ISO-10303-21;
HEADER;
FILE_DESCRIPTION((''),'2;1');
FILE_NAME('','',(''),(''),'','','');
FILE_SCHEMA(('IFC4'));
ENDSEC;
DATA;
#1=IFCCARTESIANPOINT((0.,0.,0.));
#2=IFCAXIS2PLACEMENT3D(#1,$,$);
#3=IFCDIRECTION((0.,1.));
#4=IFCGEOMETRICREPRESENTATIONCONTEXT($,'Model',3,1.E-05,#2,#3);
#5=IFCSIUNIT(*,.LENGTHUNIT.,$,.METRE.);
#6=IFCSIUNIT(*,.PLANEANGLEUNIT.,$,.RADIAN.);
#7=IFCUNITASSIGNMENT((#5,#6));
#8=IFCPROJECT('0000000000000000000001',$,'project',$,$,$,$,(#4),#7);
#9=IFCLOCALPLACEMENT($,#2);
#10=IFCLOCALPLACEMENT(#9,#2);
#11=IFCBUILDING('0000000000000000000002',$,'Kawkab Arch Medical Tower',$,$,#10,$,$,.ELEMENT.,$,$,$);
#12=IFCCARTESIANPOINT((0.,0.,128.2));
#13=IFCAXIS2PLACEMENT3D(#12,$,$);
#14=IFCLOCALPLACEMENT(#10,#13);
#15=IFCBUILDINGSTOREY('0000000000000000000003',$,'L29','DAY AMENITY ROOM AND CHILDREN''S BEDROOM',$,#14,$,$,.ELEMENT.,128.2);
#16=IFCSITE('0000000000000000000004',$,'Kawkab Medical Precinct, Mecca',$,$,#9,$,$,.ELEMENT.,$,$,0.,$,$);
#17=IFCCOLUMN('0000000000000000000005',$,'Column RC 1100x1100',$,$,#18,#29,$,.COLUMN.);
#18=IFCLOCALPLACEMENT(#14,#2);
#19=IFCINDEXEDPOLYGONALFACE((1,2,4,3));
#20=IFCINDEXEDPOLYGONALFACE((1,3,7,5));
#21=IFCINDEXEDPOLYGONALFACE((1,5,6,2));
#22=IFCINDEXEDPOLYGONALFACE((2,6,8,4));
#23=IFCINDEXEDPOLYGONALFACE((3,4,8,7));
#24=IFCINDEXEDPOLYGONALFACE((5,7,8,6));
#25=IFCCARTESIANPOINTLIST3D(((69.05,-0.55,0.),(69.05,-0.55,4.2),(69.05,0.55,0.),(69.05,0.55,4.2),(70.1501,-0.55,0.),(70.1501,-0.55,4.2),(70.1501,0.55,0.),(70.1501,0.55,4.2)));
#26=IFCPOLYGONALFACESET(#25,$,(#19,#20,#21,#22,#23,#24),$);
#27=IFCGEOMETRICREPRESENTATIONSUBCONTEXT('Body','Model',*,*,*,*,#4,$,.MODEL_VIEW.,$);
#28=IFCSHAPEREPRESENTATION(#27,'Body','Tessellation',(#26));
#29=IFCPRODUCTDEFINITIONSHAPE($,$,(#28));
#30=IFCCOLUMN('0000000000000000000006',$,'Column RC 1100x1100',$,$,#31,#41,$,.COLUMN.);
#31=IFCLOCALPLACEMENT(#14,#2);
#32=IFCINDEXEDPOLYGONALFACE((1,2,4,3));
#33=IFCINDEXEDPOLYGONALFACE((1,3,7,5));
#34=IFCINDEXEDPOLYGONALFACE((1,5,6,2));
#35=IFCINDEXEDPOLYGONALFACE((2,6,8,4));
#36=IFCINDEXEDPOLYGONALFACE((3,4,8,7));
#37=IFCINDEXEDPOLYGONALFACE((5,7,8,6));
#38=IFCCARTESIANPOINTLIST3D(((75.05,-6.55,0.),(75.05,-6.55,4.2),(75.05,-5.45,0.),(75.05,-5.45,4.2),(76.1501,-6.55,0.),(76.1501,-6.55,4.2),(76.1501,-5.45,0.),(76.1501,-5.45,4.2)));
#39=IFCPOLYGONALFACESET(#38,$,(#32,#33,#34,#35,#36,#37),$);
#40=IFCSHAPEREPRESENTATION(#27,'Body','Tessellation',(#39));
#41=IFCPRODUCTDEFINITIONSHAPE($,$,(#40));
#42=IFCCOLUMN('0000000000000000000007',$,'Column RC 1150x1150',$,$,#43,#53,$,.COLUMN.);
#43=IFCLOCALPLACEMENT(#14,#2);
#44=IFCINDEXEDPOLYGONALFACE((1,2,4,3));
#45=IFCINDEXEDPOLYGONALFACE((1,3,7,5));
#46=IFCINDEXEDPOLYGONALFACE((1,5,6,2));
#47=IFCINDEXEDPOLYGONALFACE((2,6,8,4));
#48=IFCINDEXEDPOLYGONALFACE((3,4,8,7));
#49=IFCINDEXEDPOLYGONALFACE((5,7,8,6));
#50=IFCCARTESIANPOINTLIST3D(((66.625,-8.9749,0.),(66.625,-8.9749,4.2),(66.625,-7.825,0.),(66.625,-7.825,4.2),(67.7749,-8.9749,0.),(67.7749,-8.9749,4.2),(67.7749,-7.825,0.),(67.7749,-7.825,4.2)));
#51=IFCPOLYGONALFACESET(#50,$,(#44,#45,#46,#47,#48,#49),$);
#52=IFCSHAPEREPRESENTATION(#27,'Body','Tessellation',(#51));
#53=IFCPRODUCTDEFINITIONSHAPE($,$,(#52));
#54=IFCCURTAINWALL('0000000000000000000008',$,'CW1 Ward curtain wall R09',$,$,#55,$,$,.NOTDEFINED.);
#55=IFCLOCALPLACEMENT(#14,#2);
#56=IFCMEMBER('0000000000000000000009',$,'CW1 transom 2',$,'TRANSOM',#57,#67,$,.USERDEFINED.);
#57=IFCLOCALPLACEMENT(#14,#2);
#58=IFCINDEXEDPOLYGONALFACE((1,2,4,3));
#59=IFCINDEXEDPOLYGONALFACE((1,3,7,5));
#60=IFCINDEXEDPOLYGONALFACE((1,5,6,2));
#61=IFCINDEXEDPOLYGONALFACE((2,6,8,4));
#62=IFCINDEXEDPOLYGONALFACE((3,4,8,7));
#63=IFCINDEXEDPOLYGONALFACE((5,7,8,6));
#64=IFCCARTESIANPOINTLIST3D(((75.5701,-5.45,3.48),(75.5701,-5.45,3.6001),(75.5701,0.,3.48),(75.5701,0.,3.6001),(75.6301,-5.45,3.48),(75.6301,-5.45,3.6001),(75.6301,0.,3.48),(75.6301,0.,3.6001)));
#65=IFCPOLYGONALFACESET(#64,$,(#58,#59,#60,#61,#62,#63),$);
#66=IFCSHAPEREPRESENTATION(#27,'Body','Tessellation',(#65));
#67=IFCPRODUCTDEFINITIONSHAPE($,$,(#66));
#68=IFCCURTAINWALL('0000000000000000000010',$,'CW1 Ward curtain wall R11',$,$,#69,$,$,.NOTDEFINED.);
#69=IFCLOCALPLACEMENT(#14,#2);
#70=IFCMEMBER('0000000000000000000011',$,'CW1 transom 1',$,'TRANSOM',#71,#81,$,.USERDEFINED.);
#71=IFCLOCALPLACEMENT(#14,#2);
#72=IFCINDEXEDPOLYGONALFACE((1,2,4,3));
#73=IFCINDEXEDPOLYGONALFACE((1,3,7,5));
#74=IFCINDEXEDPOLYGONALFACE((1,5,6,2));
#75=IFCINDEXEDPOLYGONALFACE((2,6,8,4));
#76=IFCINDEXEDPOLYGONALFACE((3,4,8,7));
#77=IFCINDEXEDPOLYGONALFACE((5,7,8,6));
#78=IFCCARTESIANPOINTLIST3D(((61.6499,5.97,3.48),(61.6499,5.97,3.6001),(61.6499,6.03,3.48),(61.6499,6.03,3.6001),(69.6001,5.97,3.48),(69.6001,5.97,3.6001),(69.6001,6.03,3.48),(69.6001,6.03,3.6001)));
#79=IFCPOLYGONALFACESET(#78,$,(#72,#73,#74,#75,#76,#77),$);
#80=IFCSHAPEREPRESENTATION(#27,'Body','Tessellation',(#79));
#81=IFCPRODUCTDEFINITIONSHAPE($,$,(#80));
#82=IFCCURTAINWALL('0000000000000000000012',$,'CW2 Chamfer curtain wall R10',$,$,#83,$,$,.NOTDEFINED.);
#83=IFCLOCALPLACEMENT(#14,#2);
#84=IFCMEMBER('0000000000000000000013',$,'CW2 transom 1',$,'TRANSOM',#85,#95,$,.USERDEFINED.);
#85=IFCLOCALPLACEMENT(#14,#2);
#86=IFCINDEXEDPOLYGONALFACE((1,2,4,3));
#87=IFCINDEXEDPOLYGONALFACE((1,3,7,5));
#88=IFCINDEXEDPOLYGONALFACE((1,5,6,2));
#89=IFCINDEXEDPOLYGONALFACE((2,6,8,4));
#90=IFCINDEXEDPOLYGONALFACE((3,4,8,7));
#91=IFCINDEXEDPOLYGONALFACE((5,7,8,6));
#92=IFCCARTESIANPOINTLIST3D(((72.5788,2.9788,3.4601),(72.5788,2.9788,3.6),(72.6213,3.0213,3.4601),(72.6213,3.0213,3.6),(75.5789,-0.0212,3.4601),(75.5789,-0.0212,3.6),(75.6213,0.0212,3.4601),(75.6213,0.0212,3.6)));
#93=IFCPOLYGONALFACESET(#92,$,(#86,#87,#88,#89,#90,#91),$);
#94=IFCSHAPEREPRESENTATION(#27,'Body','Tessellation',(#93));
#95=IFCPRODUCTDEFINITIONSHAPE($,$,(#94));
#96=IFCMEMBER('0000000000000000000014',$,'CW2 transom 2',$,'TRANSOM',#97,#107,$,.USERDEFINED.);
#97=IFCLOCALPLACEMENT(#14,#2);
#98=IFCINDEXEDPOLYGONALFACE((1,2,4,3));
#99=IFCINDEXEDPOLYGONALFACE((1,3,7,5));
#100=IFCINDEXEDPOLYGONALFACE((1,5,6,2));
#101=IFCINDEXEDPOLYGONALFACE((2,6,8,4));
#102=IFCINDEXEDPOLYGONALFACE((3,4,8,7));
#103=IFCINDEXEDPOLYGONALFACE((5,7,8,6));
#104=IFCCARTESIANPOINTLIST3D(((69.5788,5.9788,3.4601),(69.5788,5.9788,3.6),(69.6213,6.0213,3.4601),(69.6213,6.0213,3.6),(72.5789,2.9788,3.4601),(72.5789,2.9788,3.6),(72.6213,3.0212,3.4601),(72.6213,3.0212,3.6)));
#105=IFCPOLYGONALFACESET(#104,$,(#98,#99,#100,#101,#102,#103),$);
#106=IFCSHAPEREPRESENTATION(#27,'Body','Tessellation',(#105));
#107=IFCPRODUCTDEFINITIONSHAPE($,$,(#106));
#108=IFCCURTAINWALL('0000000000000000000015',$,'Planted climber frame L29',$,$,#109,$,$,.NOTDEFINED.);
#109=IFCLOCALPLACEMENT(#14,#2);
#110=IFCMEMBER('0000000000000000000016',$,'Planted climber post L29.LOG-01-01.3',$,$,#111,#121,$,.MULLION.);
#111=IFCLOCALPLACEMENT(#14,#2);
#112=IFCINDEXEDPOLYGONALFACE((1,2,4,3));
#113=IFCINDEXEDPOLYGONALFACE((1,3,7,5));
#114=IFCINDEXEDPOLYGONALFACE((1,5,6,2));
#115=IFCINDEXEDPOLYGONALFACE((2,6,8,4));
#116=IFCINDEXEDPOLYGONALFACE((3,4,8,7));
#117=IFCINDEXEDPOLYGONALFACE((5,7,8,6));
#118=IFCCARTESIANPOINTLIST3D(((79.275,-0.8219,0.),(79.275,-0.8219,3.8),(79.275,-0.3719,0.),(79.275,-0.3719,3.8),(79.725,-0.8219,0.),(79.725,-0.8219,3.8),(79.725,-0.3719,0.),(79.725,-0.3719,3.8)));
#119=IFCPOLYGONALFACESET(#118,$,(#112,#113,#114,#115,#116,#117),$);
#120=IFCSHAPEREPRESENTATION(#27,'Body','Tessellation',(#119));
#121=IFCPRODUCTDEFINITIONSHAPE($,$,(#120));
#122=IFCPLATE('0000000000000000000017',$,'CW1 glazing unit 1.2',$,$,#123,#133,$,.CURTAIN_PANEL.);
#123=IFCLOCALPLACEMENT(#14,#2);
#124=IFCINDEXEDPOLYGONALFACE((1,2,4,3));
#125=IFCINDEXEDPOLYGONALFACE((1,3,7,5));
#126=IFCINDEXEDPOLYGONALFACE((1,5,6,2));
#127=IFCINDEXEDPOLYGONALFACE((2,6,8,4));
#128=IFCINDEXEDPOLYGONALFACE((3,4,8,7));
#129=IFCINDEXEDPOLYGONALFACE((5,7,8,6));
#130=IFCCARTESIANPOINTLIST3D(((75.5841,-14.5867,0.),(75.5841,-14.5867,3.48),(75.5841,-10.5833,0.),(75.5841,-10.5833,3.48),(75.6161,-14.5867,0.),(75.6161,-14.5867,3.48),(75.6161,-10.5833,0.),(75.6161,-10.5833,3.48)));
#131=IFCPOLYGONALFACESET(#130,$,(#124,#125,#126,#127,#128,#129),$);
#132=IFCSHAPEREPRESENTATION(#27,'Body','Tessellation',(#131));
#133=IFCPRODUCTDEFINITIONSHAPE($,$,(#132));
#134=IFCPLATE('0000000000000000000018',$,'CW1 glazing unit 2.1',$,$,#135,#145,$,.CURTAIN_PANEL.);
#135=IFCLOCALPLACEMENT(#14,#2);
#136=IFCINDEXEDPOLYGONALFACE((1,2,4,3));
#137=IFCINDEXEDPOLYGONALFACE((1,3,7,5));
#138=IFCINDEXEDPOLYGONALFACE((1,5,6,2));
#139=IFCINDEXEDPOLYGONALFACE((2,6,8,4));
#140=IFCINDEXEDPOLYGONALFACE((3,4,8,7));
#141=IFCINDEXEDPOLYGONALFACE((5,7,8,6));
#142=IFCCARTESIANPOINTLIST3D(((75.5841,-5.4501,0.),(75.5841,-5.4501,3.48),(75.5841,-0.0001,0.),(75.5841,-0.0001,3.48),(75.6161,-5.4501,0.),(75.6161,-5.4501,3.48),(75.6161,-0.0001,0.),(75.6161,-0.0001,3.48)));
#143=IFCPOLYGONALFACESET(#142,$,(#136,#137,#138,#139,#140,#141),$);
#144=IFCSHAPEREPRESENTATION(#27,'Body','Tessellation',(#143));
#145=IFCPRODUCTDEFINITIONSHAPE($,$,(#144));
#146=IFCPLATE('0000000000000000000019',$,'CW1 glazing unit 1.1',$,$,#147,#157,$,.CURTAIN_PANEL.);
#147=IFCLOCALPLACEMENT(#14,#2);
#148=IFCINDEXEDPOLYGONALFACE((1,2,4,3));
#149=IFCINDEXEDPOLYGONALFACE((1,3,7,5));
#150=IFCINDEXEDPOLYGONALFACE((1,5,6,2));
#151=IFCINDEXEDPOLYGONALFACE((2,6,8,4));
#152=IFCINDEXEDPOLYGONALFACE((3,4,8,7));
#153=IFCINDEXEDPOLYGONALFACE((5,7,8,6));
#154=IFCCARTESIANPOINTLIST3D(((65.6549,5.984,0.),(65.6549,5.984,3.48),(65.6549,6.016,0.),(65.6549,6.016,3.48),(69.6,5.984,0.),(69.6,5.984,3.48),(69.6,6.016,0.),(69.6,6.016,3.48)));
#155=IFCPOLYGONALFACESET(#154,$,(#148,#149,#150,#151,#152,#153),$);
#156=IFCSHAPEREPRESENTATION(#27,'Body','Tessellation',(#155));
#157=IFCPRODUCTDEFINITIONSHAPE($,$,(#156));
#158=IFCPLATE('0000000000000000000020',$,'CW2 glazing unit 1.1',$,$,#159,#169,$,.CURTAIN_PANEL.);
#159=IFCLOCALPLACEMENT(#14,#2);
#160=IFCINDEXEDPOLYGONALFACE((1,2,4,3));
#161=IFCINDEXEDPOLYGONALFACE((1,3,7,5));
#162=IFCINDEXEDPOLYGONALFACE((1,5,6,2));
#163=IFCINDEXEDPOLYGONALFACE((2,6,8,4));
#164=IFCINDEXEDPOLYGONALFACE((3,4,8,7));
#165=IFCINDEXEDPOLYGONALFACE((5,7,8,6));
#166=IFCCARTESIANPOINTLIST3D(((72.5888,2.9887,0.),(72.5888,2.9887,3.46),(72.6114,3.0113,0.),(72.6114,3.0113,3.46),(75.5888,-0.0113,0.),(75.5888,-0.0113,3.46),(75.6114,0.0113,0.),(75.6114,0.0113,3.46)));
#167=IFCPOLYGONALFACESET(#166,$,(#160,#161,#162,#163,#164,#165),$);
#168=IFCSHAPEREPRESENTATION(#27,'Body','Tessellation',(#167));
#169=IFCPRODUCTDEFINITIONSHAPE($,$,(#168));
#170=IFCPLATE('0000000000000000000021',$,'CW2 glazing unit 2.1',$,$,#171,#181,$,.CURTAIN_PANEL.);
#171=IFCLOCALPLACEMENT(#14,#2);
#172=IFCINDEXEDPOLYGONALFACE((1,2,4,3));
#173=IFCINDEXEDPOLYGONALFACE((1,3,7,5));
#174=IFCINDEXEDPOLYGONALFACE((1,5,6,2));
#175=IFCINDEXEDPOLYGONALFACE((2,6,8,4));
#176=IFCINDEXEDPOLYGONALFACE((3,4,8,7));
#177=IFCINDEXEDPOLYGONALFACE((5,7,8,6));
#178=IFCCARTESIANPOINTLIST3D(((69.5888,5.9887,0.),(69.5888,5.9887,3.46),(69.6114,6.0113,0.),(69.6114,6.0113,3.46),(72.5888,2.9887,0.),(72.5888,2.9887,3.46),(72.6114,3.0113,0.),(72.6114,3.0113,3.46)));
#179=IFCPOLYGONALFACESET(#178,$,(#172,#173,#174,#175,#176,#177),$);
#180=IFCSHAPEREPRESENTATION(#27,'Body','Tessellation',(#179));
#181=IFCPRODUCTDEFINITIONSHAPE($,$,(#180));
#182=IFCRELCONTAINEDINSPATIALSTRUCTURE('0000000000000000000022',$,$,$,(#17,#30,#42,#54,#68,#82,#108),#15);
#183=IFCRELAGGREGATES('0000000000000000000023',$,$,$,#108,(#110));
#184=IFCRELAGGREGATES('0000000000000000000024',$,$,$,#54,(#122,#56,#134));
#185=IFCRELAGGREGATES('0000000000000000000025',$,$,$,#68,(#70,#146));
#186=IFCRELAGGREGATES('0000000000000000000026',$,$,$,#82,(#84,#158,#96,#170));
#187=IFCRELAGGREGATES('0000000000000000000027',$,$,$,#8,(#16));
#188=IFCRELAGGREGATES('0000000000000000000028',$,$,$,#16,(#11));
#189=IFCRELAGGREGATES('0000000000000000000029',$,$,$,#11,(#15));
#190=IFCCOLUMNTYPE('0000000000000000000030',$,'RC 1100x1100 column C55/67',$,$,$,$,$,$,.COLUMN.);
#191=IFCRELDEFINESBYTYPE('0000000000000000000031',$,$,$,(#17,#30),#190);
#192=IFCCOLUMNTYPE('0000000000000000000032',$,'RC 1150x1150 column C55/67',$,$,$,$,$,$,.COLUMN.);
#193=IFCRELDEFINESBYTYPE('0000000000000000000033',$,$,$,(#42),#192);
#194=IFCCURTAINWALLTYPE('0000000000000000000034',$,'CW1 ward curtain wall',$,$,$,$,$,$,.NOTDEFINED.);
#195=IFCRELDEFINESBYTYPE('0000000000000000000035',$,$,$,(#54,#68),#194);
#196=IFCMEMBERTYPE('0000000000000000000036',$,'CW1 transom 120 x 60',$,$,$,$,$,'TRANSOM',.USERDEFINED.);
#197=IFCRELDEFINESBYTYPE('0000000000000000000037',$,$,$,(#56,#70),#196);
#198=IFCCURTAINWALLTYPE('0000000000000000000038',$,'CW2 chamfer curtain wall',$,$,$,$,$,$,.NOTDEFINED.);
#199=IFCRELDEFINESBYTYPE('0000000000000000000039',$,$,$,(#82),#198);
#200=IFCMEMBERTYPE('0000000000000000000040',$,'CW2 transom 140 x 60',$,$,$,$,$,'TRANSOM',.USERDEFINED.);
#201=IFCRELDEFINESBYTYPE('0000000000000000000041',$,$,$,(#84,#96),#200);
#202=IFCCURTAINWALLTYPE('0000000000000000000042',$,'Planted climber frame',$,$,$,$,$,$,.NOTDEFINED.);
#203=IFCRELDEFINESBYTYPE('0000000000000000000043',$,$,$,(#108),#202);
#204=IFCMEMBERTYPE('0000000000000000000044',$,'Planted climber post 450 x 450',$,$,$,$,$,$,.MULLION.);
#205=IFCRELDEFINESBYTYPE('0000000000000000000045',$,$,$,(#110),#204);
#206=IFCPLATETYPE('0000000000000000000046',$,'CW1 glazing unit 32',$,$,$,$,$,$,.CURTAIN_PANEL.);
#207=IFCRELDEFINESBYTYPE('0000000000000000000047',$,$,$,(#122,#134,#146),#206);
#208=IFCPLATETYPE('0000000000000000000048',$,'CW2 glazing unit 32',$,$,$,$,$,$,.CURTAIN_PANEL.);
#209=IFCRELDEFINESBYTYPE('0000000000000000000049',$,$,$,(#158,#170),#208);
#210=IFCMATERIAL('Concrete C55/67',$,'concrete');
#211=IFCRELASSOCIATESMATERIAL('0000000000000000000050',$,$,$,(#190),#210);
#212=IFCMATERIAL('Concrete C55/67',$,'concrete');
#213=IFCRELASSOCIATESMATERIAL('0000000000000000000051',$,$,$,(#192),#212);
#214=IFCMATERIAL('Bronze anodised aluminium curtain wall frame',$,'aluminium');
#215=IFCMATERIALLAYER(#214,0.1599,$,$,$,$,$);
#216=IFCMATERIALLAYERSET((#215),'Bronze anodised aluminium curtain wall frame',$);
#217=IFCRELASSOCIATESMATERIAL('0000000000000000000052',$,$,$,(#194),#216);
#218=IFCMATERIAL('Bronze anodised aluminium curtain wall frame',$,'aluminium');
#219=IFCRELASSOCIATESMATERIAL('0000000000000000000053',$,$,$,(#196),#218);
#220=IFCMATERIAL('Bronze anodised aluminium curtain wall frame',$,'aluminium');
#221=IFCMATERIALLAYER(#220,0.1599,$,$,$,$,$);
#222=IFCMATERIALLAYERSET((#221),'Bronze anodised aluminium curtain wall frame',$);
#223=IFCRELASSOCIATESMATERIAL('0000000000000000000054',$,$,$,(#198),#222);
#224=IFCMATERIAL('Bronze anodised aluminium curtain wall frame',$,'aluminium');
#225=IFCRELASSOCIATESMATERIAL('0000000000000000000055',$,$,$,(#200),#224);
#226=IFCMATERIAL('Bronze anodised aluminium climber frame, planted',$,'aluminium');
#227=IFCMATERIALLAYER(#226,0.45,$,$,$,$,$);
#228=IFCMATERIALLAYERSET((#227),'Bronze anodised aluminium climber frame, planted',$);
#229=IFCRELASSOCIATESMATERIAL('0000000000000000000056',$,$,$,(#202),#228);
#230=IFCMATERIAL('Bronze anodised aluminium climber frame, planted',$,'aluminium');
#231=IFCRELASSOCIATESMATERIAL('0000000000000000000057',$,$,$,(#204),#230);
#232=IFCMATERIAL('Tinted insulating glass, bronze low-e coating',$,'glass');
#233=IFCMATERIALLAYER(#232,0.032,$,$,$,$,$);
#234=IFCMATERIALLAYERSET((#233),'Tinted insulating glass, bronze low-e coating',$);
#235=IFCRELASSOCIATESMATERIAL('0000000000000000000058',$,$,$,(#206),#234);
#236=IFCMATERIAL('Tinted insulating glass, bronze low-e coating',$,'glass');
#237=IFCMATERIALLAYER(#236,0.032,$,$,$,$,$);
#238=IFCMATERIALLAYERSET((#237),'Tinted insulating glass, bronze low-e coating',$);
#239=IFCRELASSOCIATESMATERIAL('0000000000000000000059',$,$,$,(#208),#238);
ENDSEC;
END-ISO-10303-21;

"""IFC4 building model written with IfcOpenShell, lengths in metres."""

from ifc_helpers import new_model, si_unit, direction, frame, origin, origin_2d, place, context, subcontext, project, spatial, rectangle, extrude, material, layer, layer_set, material_profile, profile_set, type_object, element, aggregate, save


model = new_model("IFC4")

# Units and contexts
model_context = context("Model", 3, precision=1e-05, world=origin(), true_north=direction((0.0, 1.0)))
body_context = subcontext(model_context, "Body", "Model", "MODEL_VIEW")
ifc_project = project(units=[si_unit("LENGTHUNIT", "METRE"), si_unit("PLANEANGLEUNIT", "RADIAN")], contexts=[model_context])

# Site, building, storey
site_placement = place(None, origin())
site = spatial("IfcSite", under=ifc_project, at=site_placement, Name="Kawkab Medical Precinct, Mecca", CompositionType="ELEMENT", RefElevation=0.0)
building_placement = place(site_placement, origin())
building = spatial("IfcBuilding", under=site, at=building_placement, Name="Kawkab Arch Medical Tower", CompositionType="ELEMENT")
storey_placement = place(building_placement, frame((0.0, 0.0, 128.2)))
storey = spatial("IfcBuildingStorey", under=building, at=storey_placement, Name="L29", Description="DAY AMENITY ROOM AND CHILDREN'S BEDROOM", CompositionType="ELEMENT", Elevation=128.2)

# Columns
ifc_material_1 = material(Name="Concrete C55/67", Category="concrete")
ifc_material_profile_1 = material_profile(ifc_material_1, rectangle(XDim=1.1001, YDim=1.1001, at=origin_2d()), Name="RC 1100x1100")
ifc_profile_set_1 = profile_set([ifc_material_profile_1], Name="Concrete C55/67")
column_type_1 = type_object("IfcColumnType", Name="RC 1100x1100 column C55/67", PredefinedType="COLUMN", material=ifc_profile_set_1)
for number, where, z_axis, x_axis, name in (
    (1, (69.6001, 0.0, 0.0), (0.0, 0.0, 1.0), (1.0, 0.0, 0.0), "Column RC 1100x1100"),
    (2, (75.6001, -6.0, 0.0), (0.0, 0.0, 1.0), (1.0, 0.0, 0.0), "Column RC 1100x1100"),
):
    element("IfcColumn", number, at=place(storey_placement, frame(where, z_axis=z_axis, x_axis=x_axis)), inside=storey, type_object=column_type_1, Name=name, PredefinedType="COLUMN", context=body_context, shape_type="SweptSolid", body=[
        extrude(rectangle(XDim=1.1001, YDim=1.1001, at=origin_2d()), origin(), (0.0, 0.0, 1.0), 4.2),
    ])
ifc_material_2 = material(Name="Concrete C55/67", Category="concrete")
ifc_material_profile_2 = material_profile(ifc_material_2, rectangle(XDim=1.1499, YDim=1.1499, at=origin_2d()), Name="RC 1150x1150")
ifc_profile_set_2 = profile_set([ifc_material_profile_2], Name="Concrete C55/67")
column_type_2 = type_object("IfcColumnType", Name="RC 1150x1150 column C55/67", PredefinedType="COLUMN", material=ifc_profile_set_2)
column_placement = place(storey_placement, frame((67.2, -8.3999, 0.0), z_axis=(0.0, 0.0, 1.0), x_axis=(1.0, 0.0, 0.0)))
element("IfcColumn", 3, at=column_placement, inside=storey, type_object=column_type_2, Name="Column RC 1150x1150", PredefinedType="COLUMN", context=body_context, shape_type="SweptSolid", body=[
    extrude(rectangle(XDim=1.1499, YDim=1.1499, at=origin_2d()), origin(), (0.0, 0.0, 1.0), 4.2),
])

# Curtain walls, members
ifc_material_3 = material(Name="Bronze anodised aluminium curtain wall frame", Category="aluminium")
ifc_layer_1 = layer(ifc_material_3, 0.1599)
ifc_layer_set_1 = layer_set([ifc_layer_1], Name="Bronze anodised aluminium curtain wall frame")
curtain_wall_type_1 = type_object("IfcCurtainWallType", Name="CW1 ward curtain wall", PredefinedType="NOTDEFINED", material=ifc_layer_set_1)
placement = place(storey_placement, origin())
curtain_wall_1 = element("IfcCurtainWall", 4, at=placement, inside=storey, type_object=curtain_wall_type_1, Name="CW1 Ward curtain wall R09", PredefinedType="NOTDEFINED")
ifc_material_4 = material(Name="Bronze anodised aluminium curtain wall frame", Category="aluminium")
ifc_material_profile_3 = material_profile(ifc_material_4, rectangle(XDim=0.0601, YDim=0.1201, at=origin_2d()), Name="AL 60x120")
ifc_profile_set_3 = profile_set([ifc_material_profile_3], Name="Bronze anodised aluminium curtain wall frame")
member_type_1 = type_object("IfcMemberType", Name="CW1 transom 120 x 60", ElementType="TRANSOM", PredefinedType="USERDEFINED", material=ifc_profile_set_3)
member_1_placement = place(storey_placement, frame((75.6001, -5.45, 3.54), z_axis=(0.0, 1.0, 0.0), x_axis=(-1.0, 0.0, 0.0)))
member_1 = element("IfcMember", 5, at=member_1_placement, type_object=member_type_1, Name="CW1 transom 2", ObjectType="TRANSOM", PredefinedType="USERDEFINED", context=body_context, shape_type="SweptSolid", body=[
    extrude(rectangle(XDim=0.0601, YDim=0.1201, at=origin_2d()), origin(), (0.0, 0.0, 1.0), 5.45),
])
curtain_wall_2 = element("IfcCurtainWall", 6, at=placement, inside=storey, type_object=curtain_wall_type_1, Name="CW1 Ward curtain wall R11", PredefinedType="NOTDEFINED")
member_2_placement = place(storey_placement, frame((69.6001, 6.0, 3.54), z_axis=(-1.0, 0.0, 0.0), x_axis=(0.0, -1.0, 0.0)))
member_2 = element("IfcMember", 7, at=member_2_placement, type_object=member_type_1, Name="CW1 transom 1", ObjectType="TRANSOM", PredefinedType="USERDEFINED", context=body_context, shape_type="SweptSolid", body=[
    extrude(rectangle(XDim=0.0601, YDim=0.1201, at=origin_2d()), origin(), (0.0, 0.0, 1.0), 7.9502),
])

# Curtain wall, members
ifc_material_5 = material(Name="Bronze anodised aluminium curtain wall frame", Category="aluminium")
ifc_layer_2 = layer(ifc_material_5, 0.1599)
ifc_layer_set_2 = layer_set([ifc_layer_2], Name="Bronze anodised aluminium curtain wall frame")
curtain_wall_type_2 = type_object("IfcCurtainWallType", Name="CW2 chamfer curtain wall", PredefinedType="NOTDEFINED", material=ifc_layer_set_2)
curtain_wall_3 = element("IfcCurtainWall", 8, at=placement, inside=storey, type_object=curtain_wall_type_2, Name="CW2 Chamfer curtain wall R10", PredefinedType="NOTDEFINED")
ifc_material_6 = material(Name="Bronze anodised aluminium curtain wall frame", Category="aluminium")
ifc_material_profile_4 = material_profile(ifc_material_6, rectangle(XDim=0.0601, YDim=0.1399, at=origin_2d()), Name="AL 60x140")
ifc_profile_set_4 = profile_set([ifc_material_profile_4], Name="Bronze anodised aluminium curtain wall frame")
member_type_2 = type_object("IfcMemberType", Name="CW2 transom 140 x 60", ElementType="TRANSOM", PredefinedType="USERDEFINED", material=ifc_profile_set_4)
member_3_placement = place(storey_placement, frame((75.6001, 0.0, 3.53), z_axis=(-0.707107, 0.707107, 0.0), x_axis=(-0.707107, -0.707107, 0.0)))
member_3 = element("IfcMember", 9, at=member_3_placement, type_object=member_type_2, Name="CW2 transom 1", ObjectType="TRANSOM", PredefinedType="USERDEFINED", context=body_context, shape_type="SweptSolid", body=[
    extrude(rectangle(XDim=0.0601, YDim=0.1399, at=origin_2d()), origin(), (0.0, 0.0, 1.0), 4.2427),
])
member_4_placement = place(storey_placement, frame((72.6001, 3.0, 3.53), z_axis=(-0.707107, 0.707107, 0.0), x_axis=(-0.707107, -0.707107, 0.0)))
member_4 = element("IfcMember", 10, at=member_4_placement, type_object=member_type_2, Name="CW2 transom 2", ObjectType="TRANSOM", PredefinedType="USERDEFINED", context=body_context, shape_type="SweptSolid", body=[
    extrude(rectangle(XDim=0.0601, YDim=0.1399, at=origin_2d()), origin(), (0.0, 0.0, 1.0), 4.2427),
])

# Curtain wall, member
ifc_material_7 = material(Name="Bronze anodised aluminium climber frame, planted", Category="aluminium")
ifc_layer_3 = layer(ifc_material_7, 0.45)
ifc_layer_set_3 = layer_set([ifc_layer_3], Name="Bronze anodised aluminium climber frame, planted")
curtain_wall_type_3 = type_object("IfcCurtainWallType", Name="Planted climber frame", PredefinedType="NOTDEFINED", material=ifc_layer_set_3)
curtain_wall_4 = element("IfcCurtainWall", 11, at=placement, inside=storey, type_object=curtain_wall_type_3, Name="Planted climber frame L29", PredefinedType="NOTDEFINED")
ifc_material_8 = material(Name="Bronze anodised aluminium climber frame, planted", Category="aluminium")
ifc_material_profile_5 = material_profile(ifc_material_8, rectangle(XDim=0.45, YDim=0.45, at=origin_2d()), Name="Post 450x450")
ifc_profile_set_5 = profile_set([ifc_material_profile_5], Name="Bronze anodised aluminium climber frame, planted")
member_type_3 = type_object("IfcMemberType", Name="Planted climber post 450 x 450", PredefinedType="MULLION", material=ifc_profile_set_5)
member_5_placement = place(storey_placement, frame((79.5, -0.5969, 0.0), z_axis=(0.0, 0.0, 1.0), x_axis=(1.0, 0.0, 0.0)))
member_5 = element("IfcMember", 12, at=member_5_placement, type_object=member_type_3, Name="Planted climber post L29.LOG-01-01.3", PredefinedType="MULLION", context=body_context, shape_type="SweptSolid", body=[
    extrude(rectangle(XDim=0.45, YDim=0.45, at=origin_2d()), origin(), (0.0, 0.0, 1.0), 3.8),
])
aggregate(curtain_wall_4, [member_5])

# Plates
ifc_material_9 = material(Name="Tinted insulating glass, bronze low-e coating", Category="glass")
ifc_layer_4 = layer(ifc_material_9, 0.032)
ifc_layer_set_4 = layer_set([ifc_layer_4], Name="Tinted insulating glass, bronze low-e coating")
plate_type_1 = type_object("IfcPlateType", Name="CW1 glazing unit 32", PredefinedType="CURTAIN_PANEL", material=ifc_layer_set_4)
plate_1_placement = place(storey_placement, frame((75.6001, -12.585, 0.0), z_axis=(0.0, 0.0, 1.0), x_axis=(0.0, 1.0, 0.0)))
plate_1 = element("IfcPlate", 13, at=plate_1_placement, type_object=plate_type_1, Name="CW1 glazing unit 1.2", PredefinedType="CURTAIN_PANEL", context=body_context, shape_type="SweptSolid", body=[
    extrude(rectangle(XDim=4.0034, YDim=0.032, at=origin_2d()), origin(), (0.0, 0.0, 1.0), 3.48),
])
plate_2_placement = place(storey_placement, frame((75.6001, -2.7251, 0.0), z_axis=(0.0, 0.0, 1.0), x_axis=(0.0, 1.0, 0.0)))
plate_2 = element("IfcPlate", 14, at=plate_2_placement, type_object=plate_type_1, Name="CW1 glazing unit 2.1", PredefinedType="CURTAIN_PANEL", context=body_context, shape_type="SweptSolid", body=[
    extrude(rectangle(XDim=5.45, YDim=0.032, at=origin_2d()), origin(), (0.0, 0.0, 1.0), 3.48),
])
aggregate(curtain_wall_1, [plate_1, member_1, plate_2])
plate_3_placement = place(storey_placement, frame((67.6274, 6.0, 0.0), z_axis=(0.0, 0.0, 1.0), x_axis=(-1.0, 0.0, 0.0)))
plate_3 = element("IfcPlate", 15, at=plate_3_placement, type_object=plate_type_1, Name="CW1 glazing unit 1.1", PredefinedType="CURTAIN_PANEL", context=body_context, shape_type="SweptSolid", body=[
    extrude(rectangle(XDim=3.9451, YDim=0.032, at=origin_2d()), origin(), (0.0, 0.0, 1.0), 3.48),
])
aggregate(curtain_wall_2, [member_2, plate_3])
ifc_material_10 = material(Name="Tinted insulating glass, bronze low-e coating", Category="glass")
ifc_layer_5 = layer(ifc_material_10, 0.032)
ifc_layer_set_5 = layer_set([ifc_layer_5], Name="Tinted insulating glass, bronze low-e coating")
plate_type_2 = type_object("IfcPlateType", Name="CW2 glazing unit 32", PredefinedType="CURTAIN_PANEL", material=ifc_layer_set_5)
plate_4_placement = place(storey_placement, frame((74.1001, 1.5, 0.0), z_axis=(0.0, 0.0, 1.0), x_axis=(-0.707107, 0.707107, 0.0)))
plate_4 = element("IfcPlate", 16, at=plate_4_placement, type_object=plate_type_2, Name="CW2 glazing unit 1.1", PredefinedType="CURTAIN_PANEL", context=body_context, shape_type="SweptSolid", body=[
    extrude(rectangle(XDim=4.2427, YDim=0.032, at=origin_2d()), origin(), (0.0, 0.0, 1.0), 3.46),
])
plate_5_placement = place(storey_placement, frame((71.1001, 4.5, 0.0), z_axis=(0.0, 0.0, 1.0), x_axis=(-0.707107, 0.707107, 0.0)))
plate_5 = element("IfcPlate", 17, at=plate_5_placement, type_object=plate_type_2, Name="CW2 glazing unit 2.1", PredefinedType="CURTAIN_PANEL", context=body_context, shape_type="SweptSolid", body=[
    extrude(rectangle(XDim=4.2427, YDim=0.032, at=origin_2d()), origin(), (0.0, 0.0, 1.0), 3.46),
])
aggregate(curtain_wall_3, [member_3, plate_4, member_4, plate_5])

save(model, "model.ifc")
